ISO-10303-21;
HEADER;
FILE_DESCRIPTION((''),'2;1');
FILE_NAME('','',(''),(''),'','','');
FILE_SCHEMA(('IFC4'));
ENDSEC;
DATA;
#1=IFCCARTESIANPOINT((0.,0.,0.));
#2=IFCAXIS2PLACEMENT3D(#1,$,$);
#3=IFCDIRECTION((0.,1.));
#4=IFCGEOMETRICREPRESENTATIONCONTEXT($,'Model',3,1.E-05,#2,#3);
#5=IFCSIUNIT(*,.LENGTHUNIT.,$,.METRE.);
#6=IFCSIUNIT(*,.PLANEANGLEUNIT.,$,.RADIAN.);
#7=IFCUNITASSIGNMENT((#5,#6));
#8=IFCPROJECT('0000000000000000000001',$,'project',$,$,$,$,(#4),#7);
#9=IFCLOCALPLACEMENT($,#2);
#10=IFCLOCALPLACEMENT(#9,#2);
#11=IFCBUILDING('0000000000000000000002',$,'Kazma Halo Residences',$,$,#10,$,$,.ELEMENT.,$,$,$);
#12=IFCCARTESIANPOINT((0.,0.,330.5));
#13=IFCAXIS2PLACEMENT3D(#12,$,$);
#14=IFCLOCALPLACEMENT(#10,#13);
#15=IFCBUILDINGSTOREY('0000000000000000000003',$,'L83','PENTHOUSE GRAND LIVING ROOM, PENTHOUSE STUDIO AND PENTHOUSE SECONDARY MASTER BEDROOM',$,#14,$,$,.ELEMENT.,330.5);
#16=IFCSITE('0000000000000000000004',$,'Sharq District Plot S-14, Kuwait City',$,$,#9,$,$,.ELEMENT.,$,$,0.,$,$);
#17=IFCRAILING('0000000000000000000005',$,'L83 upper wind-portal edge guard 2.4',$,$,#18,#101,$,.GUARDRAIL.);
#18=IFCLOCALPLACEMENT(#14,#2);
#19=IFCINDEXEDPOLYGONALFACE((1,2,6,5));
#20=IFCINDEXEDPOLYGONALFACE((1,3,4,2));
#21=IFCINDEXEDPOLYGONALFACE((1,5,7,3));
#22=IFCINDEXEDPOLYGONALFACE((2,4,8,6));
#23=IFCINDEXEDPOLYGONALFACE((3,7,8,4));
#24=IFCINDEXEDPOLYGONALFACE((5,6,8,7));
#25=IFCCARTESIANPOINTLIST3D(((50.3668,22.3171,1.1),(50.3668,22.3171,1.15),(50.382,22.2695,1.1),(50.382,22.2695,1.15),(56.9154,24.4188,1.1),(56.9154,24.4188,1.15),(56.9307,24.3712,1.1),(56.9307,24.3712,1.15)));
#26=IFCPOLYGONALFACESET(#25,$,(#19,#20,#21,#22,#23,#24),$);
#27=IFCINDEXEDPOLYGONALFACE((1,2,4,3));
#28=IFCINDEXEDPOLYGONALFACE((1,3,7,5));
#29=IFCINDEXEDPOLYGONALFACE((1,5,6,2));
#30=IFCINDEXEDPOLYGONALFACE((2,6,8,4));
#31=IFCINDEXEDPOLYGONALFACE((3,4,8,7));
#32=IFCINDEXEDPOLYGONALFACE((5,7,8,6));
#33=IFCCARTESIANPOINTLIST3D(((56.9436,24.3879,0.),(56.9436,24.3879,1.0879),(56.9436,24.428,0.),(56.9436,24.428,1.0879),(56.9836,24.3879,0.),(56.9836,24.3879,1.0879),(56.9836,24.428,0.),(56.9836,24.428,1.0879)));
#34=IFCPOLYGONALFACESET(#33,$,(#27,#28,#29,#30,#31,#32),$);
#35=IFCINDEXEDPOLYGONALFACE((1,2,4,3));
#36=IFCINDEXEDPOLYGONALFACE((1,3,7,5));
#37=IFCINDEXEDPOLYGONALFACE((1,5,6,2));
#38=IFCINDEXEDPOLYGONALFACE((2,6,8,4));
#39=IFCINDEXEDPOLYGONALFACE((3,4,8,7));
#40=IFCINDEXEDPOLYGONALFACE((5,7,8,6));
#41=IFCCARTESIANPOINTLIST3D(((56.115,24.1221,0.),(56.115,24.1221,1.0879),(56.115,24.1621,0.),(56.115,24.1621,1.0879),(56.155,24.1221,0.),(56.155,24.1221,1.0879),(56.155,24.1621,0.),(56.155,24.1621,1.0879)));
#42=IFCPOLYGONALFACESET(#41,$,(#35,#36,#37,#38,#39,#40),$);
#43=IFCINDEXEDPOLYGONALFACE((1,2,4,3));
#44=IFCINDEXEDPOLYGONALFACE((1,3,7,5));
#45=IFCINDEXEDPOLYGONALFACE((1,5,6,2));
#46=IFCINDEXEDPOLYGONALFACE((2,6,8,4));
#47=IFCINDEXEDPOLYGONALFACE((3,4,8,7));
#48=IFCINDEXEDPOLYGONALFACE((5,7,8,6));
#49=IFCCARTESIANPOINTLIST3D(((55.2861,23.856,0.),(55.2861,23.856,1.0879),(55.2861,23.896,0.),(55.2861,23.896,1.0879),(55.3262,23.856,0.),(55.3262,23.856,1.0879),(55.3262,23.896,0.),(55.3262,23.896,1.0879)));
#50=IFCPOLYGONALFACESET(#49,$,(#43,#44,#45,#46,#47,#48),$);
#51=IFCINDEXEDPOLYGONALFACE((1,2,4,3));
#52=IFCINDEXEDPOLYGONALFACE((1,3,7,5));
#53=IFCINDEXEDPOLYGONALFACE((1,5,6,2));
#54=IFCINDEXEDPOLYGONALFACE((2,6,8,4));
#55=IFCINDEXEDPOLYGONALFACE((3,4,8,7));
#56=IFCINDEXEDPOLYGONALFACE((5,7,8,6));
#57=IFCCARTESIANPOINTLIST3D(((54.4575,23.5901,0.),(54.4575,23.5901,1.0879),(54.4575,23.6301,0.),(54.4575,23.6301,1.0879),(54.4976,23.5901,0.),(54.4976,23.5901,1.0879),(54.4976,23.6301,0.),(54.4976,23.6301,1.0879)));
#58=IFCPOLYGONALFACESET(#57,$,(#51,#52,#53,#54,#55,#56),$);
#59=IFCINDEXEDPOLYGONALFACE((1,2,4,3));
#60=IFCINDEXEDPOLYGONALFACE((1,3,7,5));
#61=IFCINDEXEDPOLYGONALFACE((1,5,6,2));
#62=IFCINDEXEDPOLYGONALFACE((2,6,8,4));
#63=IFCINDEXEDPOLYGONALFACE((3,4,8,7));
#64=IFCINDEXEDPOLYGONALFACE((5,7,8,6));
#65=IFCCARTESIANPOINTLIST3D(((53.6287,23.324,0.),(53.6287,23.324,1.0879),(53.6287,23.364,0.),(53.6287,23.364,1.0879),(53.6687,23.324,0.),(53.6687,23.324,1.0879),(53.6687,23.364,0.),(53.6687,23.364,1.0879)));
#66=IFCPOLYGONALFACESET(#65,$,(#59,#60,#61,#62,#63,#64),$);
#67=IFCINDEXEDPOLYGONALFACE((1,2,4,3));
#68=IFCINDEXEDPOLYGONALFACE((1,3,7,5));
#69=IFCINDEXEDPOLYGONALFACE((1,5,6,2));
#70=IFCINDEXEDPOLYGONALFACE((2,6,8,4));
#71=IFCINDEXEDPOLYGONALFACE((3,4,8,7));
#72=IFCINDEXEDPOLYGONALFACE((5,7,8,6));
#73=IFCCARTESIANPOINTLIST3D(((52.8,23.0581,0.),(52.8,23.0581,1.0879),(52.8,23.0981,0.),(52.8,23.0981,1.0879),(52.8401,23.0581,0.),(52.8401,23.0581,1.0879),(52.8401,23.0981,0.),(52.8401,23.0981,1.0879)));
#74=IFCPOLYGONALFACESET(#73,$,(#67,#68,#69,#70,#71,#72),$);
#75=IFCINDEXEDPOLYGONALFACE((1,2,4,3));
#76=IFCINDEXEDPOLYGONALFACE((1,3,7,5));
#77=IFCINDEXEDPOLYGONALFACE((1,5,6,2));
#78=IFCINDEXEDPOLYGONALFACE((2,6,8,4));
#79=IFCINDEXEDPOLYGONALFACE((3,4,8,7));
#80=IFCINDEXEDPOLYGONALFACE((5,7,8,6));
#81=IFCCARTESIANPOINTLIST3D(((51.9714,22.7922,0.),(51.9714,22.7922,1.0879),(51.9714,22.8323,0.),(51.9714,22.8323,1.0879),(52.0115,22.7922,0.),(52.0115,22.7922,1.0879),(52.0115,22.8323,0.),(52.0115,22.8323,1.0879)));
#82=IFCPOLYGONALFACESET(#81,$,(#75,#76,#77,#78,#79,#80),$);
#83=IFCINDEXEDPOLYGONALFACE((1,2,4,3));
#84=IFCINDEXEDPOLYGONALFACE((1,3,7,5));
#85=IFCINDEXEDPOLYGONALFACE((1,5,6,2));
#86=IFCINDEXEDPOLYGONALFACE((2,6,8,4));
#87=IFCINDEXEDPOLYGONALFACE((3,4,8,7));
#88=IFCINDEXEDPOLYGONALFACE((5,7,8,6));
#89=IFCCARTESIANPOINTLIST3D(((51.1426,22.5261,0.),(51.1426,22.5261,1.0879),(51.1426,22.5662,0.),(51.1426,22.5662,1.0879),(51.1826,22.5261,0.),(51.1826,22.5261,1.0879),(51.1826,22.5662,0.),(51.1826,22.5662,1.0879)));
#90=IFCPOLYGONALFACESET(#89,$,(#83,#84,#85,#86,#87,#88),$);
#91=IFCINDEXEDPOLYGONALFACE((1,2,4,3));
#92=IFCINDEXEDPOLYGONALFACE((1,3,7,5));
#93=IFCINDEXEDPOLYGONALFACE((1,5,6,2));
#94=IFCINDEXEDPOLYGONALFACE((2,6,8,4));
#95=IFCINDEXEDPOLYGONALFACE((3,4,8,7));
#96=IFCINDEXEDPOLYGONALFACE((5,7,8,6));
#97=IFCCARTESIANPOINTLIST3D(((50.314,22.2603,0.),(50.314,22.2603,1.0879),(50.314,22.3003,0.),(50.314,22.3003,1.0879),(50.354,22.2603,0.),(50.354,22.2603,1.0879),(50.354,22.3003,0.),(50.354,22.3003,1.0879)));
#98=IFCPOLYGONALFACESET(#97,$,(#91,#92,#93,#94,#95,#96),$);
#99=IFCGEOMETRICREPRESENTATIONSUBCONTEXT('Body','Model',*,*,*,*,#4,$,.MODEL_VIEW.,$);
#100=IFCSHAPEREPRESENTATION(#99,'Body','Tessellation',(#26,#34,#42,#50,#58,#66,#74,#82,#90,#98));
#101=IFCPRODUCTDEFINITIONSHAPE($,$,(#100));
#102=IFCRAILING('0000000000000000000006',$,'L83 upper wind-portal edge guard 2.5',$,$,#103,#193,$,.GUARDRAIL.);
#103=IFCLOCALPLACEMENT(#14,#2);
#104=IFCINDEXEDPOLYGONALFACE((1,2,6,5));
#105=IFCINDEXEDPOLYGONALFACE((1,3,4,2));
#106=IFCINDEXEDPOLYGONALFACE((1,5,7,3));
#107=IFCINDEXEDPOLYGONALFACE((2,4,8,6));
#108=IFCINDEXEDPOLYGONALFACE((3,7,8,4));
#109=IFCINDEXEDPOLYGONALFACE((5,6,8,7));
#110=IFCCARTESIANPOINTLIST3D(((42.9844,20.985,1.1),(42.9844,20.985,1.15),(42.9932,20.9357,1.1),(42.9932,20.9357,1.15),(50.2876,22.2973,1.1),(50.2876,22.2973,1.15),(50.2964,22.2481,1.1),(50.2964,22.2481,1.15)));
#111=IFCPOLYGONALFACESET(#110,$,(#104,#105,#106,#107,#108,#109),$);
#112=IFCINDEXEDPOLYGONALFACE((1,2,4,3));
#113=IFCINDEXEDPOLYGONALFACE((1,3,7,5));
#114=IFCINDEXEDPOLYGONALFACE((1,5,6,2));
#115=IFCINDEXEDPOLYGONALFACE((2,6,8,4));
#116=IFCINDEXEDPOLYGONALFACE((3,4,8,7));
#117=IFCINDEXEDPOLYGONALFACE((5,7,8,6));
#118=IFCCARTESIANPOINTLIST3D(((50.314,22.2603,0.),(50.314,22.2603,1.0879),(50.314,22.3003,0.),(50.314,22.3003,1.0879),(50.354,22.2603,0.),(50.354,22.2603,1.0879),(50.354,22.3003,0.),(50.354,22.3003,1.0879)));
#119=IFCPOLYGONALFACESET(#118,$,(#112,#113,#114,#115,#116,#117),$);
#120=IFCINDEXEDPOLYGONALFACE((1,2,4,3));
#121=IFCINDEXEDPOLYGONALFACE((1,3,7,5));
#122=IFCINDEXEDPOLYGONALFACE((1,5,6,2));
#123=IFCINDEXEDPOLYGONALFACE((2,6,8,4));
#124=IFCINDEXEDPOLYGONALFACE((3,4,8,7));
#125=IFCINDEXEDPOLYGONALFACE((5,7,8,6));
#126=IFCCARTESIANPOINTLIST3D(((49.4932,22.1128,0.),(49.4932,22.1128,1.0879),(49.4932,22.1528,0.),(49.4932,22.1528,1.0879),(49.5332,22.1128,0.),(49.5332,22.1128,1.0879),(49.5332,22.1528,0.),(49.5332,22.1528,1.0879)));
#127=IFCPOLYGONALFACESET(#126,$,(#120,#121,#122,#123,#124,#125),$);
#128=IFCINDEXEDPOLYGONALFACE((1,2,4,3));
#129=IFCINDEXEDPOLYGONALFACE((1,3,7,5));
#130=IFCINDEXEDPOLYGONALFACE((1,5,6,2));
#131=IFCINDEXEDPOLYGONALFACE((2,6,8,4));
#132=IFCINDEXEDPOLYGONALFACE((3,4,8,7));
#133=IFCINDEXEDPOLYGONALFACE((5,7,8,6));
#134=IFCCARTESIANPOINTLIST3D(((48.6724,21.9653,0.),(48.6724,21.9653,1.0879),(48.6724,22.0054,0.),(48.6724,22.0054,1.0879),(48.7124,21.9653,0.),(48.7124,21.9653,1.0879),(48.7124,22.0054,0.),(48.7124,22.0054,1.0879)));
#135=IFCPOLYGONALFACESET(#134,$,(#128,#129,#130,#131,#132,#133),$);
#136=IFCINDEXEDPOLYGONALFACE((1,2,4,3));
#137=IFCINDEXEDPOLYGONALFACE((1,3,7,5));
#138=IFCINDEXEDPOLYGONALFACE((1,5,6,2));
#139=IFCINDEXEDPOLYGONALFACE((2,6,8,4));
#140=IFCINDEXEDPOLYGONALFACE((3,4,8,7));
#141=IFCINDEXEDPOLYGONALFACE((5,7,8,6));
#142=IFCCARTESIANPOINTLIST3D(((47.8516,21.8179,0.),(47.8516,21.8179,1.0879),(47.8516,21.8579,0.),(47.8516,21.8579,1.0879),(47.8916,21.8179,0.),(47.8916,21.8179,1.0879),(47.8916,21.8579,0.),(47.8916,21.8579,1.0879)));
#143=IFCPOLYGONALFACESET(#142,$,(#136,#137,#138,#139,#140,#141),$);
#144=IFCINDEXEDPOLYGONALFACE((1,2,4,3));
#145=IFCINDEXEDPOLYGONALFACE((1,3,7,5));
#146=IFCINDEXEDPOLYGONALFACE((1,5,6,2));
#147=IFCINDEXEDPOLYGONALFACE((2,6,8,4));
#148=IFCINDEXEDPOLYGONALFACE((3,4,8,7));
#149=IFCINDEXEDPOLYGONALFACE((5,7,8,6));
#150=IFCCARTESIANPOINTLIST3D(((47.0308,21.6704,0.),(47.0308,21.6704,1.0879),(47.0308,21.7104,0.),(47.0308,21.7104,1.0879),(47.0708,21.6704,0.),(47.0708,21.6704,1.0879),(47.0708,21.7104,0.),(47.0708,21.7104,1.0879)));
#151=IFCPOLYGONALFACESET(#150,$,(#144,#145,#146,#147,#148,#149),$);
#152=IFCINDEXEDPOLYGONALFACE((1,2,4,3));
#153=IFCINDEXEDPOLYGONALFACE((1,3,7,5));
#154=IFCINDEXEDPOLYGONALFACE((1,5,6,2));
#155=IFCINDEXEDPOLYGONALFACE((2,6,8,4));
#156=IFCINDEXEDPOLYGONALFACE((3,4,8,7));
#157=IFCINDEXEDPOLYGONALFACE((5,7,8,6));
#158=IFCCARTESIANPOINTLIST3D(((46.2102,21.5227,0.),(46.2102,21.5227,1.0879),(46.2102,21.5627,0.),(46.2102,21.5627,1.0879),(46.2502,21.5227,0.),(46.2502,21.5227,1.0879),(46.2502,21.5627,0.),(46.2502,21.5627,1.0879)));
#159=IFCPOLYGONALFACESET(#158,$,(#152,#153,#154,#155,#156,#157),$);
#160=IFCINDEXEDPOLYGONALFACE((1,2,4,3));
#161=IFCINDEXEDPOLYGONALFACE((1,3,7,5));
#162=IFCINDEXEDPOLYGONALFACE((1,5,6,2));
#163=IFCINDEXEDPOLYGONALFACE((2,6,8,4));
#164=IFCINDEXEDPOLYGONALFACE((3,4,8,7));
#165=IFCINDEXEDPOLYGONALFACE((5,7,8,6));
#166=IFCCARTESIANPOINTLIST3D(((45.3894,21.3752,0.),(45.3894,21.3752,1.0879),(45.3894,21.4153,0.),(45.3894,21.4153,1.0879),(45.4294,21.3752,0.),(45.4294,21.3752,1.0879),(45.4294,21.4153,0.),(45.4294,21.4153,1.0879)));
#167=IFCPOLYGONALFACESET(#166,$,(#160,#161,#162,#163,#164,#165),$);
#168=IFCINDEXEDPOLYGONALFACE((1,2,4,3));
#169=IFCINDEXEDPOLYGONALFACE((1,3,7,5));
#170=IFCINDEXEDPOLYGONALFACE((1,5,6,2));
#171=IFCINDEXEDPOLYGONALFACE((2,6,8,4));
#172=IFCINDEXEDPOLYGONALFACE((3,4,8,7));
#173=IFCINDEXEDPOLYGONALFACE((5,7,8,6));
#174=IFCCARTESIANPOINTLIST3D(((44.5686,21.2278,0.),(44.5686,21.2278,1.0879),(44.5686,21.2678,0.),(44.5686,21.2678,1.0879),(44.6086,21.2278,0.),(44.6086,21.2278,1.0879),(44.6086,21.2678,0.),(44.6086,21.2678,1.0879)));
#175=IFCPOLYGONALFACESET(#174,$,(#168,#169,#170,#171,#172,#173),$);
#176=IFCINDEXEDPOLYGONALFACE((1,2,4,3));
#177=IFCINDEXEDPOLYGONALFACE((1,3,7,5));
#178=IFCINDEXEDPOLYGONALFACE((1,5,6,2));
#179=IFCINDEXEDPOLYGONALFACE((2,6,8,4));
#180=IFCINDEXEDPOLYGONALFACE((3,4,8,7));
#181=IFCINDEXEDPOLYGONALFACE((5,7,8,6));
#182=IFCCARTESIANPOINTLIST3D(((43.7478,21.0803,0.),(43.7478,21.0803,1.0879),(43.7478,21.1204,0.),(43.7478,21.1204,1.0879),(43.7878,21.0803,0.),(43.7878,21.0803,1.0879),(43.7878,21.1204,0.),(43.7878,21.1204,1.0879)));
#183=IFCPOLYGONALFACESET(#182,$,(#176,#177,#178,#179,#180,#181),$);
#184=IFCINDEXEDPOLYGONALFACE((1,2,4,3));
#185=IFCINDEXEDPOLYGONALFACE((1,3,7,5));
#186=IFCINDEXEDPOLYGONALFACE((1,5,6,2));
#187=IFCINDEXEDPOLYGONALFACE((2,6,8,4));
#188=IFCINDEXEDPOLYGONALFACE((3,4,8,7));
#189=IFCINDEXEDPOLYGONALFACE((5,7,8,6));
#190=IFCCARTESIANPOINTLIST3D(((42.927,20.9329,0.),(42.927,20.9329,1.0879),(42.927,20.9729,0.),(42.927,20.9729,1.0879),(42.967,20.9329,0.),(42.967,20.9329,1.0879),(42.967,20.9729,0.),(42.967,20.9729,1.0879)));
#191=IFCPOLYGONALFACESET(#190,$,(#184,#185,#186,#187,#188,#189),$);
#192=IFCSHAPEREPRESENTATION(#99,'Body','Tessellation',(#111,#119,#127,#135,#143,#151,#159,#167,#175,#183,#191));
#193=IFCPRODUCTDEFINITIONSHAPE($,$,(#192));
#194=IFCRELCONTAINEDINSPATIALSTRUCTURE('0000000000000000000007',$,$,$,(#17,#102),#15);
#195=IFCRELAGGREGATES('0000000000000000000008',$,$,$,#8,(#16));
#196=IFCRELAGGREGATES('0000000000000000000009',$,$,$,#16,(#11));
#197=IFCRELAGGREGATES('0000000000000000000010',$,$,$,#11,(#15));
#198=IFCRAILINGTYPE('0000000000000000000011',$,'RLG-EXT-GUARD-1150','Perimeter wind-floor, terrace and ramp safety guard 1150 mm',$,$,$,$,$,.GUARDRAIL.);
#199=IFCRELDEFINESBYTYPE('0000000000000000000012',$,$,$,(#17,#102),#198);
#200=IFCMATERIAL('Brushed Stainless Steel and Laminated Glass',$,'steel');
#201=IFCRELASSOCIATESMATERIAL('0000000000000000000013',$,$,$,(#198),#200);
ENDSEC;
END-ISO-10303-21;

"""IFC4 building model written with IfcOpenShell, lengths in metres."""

from ifc_helpers import new_model, si_unit, direction, frame, origin, origin_2d, place, context, subcontext, project, spatial, rectangle, extrude, material, type_object, element, save


model = new_model("IFC4")

# Units and contexts
model_context = context("Model", 3, precision=1e-05, world=origin(), true_north=direction((0.0, 1.0)))
body_context = subcontext(model_context, "Body", "Model", "MODEL_VIEW")
ifc_project = project(units=[si_unit("LENGTHUNIT", "METRE"), si_unit("PLANEANGLEUNIT", "RADIAN")], contexts=[model_context])

# Site, building, storey
site_placement = place(None, origin())
site = spatial("IfcSite", under=ifc_project, at=site_placement, Name="Sharq District Plot S-14, Kuwait City", CompositionType="ELEMENT", RefElevation=0.0)
building_placement = place(site_placement, origin())
building = spatial("IfcBuilding", under=site, at=building_placement, Name="Kazma Halo Residences", CompositionType="ELEMENT")
storey_placement = place(building_placement, frame((0.0, 0.0, 330.5)))
storey = spatial("IfcBuildingStorey", under=building, at=storey_placement, Name="L83", Description="PENTHOUSE GRAND LIVING ROOM, PENTHOUSE STUDIO AND PENTHOUSE SECONDARY MASTER BEDROOM", CompositionType="ELEMENT", Elevation=330.5)

# Railings
ifc_material_1 = material(Name="Brushed Stainless Steel and Laminated Glass", Category="steel")
railing_type = type_object("IfcRailingType", Name="RLG-EXT-GUARD-1150", Description="Perimeter wind-floor, terrace and ramp safety guard 1150 mm", PredefinedType="GUARDRAIL", material=ifc_material_1)
railing_1_placement = place(storey_placement, frame((56.9636, 24.408, 0.0)))
element("IfcRailing", 1, at=railing_1_placement, inside=storey, type_object=railing_type, Name="L83 upper wind-portal edge guard 2.4", PredefinedType="GUARDRAIL", context=body_context, shape_type="SweptSolid", body=[
    extrude(rectangle(XDim=0.05, YDim=0.05, at=origin_2d()), frame((-0.0405, -0.0129, 1.125), z_axis=(-0.952165, -0.305584, 0.0), x_axis=(0.305584, -0.952165, 0.0)), (0.0, 0.0, 1.0), 6.8777),
    extrude(rectangle(XDim=0.04, YDim=0.04, at=origin_2d()), origin(), (0.0, 0.0, 1.0), 1.0879),
    extrude(rectangle(XDim=0.04, YDim=0.04, at=origin_2d()), frame((-0.8286, -0.2659, 0.0)), (0.0, 0.0, 1.0), 1.0879),
    extrude(rectangle(XDim=0.04, YDim=0.04, at=origin_2d()), frame((-1.6575, -0.532, 0.0)), (0.0, 0.0, 1.0), 1.0879),
    extrude(rectangle(XDim=0.04, YDim=0.04, at=origin_2d()), frame((-2.4861, -0.7979, 0.0)), (0.0, 0.0, 1.0), 1.0879),
    extrude(rectangle(XDim=0.04, YDim=0.04, at=origin_2d()), frame((-3.3149, -1.064, 0.0)), (0.0, 0.0, 1.0), 1.0879),
    extrude(rectangle(XDim=0.04, YDim=0.04, at=origin_2d()), frame((-4.1436, -1.3298, 0.0)), (0.0, 0.0, 1.0), 1.0879),
    extrude(rectangle(XDim=0.04, YDim=0.04, at=origin_2d()), frame((-4.9722, -1.5957, 0.0)), (0.0, 0.0, 1.0), 1.0879),
    extrude(rectangle(XDim=0.04, YDim=0.04, at=origin_2d()), frame((-5.801, -1.8618, 0.0)), (0.0, 0.0, 1.0), 1.0879),
    extrude(rectangle(XDim=0.04, YDim=0.04, at=origin_2d()), frame((-6.6296, -2.1277, 0.0)), (0.0, 0.0, 1.0), 1.0879),
])
railing_2_placement = place(storey_placement, frame((50.334, 22.2803, 0.0)))
element("IfcRailing", 2, at=railing_2_placement, inside=storey, type_object=railing_type, Name="L83 upper wind-portal edge guard 2.5", PredefinedType="GUARDRAIL", context=body_context, shape_type="SweptSolid", body=[
    extrude(rectangle(XDim=0.05, YDim=0.05, at=origin_2d()), frame((-0.042, -0.0076, 1.125), z_axis=(-0.984236, -0.176861, 0.0), x_axis=(0.176861, -0.984236, 0.0)), (0.0, 0.0, 1.0), 7.4202),
    extrude(rectangle(XDim=0.04, YDim=0.04, at=origin_2d()), origin(), (0.0, 0.0, 1.0), 1.0879),
    extrude(rectangle(XDim=0.04, YDim=0.04, at=origin_2d()), frame((-0.8208, -0.1475, 0.0)), (0.0, 0.0, 1.0), 1.0879),
    extrude(rectangle(XDim=0.04, YDim=0.04, at=origin_2d()), frame((-1.6416, -0.2949, 0.0)), (0.0, 0.0, 1.0), 1.0879),
    extrude(rectangle(XDim=0.04, YDim=0.04, at=origin_2d()), frame((-2.4624, -0.4424, 0.0)), (0.0, 0.0, 1.0), 1.0879),
    extrude(rectangle(XDim=0.04, YDim=0.04, at=origin_2d()), frame((-3.2832, -0.5898, 0.0)), (0.0, 0.0, 1.0), 1.0879),
    extrude(rectangle(XDim=0.04, YDim=0.04, at=origin_2d()), frame((-4.1038, -0.7375, 0.0)), (0.0, 0.0, 1.0), 1.0879),
    extrude(rectangle(XDim=0.04, YDim=0.04, at=origin_2d()), frame((-4.9246, -0.885, 0.0)), (0.0, 0.0, 1.0), 1.0879),
    extrude(rectangle(XDim=0.04, YDim=0.04, at=origin_2d()), frame((-5.7454, -1.0325, 0.0)), (0.0, 0.0, 1.0), 1.0879),
    extrude(rectangle(XDim=0.04, YDim=0.04, at=origin_2d()), frame((-6.5662, -1.1799, 0.0)), (0.0, 0.0, 1.0), 1.0879),
    extrude(rectangle(XDim=0.04, YDim=0.04, at=origin_2d()), frame((-7.387, -1.3274, 0.0)), (0.0, 0.0, 1.0), 1.0879),
])

save(model, "model.ifc")
